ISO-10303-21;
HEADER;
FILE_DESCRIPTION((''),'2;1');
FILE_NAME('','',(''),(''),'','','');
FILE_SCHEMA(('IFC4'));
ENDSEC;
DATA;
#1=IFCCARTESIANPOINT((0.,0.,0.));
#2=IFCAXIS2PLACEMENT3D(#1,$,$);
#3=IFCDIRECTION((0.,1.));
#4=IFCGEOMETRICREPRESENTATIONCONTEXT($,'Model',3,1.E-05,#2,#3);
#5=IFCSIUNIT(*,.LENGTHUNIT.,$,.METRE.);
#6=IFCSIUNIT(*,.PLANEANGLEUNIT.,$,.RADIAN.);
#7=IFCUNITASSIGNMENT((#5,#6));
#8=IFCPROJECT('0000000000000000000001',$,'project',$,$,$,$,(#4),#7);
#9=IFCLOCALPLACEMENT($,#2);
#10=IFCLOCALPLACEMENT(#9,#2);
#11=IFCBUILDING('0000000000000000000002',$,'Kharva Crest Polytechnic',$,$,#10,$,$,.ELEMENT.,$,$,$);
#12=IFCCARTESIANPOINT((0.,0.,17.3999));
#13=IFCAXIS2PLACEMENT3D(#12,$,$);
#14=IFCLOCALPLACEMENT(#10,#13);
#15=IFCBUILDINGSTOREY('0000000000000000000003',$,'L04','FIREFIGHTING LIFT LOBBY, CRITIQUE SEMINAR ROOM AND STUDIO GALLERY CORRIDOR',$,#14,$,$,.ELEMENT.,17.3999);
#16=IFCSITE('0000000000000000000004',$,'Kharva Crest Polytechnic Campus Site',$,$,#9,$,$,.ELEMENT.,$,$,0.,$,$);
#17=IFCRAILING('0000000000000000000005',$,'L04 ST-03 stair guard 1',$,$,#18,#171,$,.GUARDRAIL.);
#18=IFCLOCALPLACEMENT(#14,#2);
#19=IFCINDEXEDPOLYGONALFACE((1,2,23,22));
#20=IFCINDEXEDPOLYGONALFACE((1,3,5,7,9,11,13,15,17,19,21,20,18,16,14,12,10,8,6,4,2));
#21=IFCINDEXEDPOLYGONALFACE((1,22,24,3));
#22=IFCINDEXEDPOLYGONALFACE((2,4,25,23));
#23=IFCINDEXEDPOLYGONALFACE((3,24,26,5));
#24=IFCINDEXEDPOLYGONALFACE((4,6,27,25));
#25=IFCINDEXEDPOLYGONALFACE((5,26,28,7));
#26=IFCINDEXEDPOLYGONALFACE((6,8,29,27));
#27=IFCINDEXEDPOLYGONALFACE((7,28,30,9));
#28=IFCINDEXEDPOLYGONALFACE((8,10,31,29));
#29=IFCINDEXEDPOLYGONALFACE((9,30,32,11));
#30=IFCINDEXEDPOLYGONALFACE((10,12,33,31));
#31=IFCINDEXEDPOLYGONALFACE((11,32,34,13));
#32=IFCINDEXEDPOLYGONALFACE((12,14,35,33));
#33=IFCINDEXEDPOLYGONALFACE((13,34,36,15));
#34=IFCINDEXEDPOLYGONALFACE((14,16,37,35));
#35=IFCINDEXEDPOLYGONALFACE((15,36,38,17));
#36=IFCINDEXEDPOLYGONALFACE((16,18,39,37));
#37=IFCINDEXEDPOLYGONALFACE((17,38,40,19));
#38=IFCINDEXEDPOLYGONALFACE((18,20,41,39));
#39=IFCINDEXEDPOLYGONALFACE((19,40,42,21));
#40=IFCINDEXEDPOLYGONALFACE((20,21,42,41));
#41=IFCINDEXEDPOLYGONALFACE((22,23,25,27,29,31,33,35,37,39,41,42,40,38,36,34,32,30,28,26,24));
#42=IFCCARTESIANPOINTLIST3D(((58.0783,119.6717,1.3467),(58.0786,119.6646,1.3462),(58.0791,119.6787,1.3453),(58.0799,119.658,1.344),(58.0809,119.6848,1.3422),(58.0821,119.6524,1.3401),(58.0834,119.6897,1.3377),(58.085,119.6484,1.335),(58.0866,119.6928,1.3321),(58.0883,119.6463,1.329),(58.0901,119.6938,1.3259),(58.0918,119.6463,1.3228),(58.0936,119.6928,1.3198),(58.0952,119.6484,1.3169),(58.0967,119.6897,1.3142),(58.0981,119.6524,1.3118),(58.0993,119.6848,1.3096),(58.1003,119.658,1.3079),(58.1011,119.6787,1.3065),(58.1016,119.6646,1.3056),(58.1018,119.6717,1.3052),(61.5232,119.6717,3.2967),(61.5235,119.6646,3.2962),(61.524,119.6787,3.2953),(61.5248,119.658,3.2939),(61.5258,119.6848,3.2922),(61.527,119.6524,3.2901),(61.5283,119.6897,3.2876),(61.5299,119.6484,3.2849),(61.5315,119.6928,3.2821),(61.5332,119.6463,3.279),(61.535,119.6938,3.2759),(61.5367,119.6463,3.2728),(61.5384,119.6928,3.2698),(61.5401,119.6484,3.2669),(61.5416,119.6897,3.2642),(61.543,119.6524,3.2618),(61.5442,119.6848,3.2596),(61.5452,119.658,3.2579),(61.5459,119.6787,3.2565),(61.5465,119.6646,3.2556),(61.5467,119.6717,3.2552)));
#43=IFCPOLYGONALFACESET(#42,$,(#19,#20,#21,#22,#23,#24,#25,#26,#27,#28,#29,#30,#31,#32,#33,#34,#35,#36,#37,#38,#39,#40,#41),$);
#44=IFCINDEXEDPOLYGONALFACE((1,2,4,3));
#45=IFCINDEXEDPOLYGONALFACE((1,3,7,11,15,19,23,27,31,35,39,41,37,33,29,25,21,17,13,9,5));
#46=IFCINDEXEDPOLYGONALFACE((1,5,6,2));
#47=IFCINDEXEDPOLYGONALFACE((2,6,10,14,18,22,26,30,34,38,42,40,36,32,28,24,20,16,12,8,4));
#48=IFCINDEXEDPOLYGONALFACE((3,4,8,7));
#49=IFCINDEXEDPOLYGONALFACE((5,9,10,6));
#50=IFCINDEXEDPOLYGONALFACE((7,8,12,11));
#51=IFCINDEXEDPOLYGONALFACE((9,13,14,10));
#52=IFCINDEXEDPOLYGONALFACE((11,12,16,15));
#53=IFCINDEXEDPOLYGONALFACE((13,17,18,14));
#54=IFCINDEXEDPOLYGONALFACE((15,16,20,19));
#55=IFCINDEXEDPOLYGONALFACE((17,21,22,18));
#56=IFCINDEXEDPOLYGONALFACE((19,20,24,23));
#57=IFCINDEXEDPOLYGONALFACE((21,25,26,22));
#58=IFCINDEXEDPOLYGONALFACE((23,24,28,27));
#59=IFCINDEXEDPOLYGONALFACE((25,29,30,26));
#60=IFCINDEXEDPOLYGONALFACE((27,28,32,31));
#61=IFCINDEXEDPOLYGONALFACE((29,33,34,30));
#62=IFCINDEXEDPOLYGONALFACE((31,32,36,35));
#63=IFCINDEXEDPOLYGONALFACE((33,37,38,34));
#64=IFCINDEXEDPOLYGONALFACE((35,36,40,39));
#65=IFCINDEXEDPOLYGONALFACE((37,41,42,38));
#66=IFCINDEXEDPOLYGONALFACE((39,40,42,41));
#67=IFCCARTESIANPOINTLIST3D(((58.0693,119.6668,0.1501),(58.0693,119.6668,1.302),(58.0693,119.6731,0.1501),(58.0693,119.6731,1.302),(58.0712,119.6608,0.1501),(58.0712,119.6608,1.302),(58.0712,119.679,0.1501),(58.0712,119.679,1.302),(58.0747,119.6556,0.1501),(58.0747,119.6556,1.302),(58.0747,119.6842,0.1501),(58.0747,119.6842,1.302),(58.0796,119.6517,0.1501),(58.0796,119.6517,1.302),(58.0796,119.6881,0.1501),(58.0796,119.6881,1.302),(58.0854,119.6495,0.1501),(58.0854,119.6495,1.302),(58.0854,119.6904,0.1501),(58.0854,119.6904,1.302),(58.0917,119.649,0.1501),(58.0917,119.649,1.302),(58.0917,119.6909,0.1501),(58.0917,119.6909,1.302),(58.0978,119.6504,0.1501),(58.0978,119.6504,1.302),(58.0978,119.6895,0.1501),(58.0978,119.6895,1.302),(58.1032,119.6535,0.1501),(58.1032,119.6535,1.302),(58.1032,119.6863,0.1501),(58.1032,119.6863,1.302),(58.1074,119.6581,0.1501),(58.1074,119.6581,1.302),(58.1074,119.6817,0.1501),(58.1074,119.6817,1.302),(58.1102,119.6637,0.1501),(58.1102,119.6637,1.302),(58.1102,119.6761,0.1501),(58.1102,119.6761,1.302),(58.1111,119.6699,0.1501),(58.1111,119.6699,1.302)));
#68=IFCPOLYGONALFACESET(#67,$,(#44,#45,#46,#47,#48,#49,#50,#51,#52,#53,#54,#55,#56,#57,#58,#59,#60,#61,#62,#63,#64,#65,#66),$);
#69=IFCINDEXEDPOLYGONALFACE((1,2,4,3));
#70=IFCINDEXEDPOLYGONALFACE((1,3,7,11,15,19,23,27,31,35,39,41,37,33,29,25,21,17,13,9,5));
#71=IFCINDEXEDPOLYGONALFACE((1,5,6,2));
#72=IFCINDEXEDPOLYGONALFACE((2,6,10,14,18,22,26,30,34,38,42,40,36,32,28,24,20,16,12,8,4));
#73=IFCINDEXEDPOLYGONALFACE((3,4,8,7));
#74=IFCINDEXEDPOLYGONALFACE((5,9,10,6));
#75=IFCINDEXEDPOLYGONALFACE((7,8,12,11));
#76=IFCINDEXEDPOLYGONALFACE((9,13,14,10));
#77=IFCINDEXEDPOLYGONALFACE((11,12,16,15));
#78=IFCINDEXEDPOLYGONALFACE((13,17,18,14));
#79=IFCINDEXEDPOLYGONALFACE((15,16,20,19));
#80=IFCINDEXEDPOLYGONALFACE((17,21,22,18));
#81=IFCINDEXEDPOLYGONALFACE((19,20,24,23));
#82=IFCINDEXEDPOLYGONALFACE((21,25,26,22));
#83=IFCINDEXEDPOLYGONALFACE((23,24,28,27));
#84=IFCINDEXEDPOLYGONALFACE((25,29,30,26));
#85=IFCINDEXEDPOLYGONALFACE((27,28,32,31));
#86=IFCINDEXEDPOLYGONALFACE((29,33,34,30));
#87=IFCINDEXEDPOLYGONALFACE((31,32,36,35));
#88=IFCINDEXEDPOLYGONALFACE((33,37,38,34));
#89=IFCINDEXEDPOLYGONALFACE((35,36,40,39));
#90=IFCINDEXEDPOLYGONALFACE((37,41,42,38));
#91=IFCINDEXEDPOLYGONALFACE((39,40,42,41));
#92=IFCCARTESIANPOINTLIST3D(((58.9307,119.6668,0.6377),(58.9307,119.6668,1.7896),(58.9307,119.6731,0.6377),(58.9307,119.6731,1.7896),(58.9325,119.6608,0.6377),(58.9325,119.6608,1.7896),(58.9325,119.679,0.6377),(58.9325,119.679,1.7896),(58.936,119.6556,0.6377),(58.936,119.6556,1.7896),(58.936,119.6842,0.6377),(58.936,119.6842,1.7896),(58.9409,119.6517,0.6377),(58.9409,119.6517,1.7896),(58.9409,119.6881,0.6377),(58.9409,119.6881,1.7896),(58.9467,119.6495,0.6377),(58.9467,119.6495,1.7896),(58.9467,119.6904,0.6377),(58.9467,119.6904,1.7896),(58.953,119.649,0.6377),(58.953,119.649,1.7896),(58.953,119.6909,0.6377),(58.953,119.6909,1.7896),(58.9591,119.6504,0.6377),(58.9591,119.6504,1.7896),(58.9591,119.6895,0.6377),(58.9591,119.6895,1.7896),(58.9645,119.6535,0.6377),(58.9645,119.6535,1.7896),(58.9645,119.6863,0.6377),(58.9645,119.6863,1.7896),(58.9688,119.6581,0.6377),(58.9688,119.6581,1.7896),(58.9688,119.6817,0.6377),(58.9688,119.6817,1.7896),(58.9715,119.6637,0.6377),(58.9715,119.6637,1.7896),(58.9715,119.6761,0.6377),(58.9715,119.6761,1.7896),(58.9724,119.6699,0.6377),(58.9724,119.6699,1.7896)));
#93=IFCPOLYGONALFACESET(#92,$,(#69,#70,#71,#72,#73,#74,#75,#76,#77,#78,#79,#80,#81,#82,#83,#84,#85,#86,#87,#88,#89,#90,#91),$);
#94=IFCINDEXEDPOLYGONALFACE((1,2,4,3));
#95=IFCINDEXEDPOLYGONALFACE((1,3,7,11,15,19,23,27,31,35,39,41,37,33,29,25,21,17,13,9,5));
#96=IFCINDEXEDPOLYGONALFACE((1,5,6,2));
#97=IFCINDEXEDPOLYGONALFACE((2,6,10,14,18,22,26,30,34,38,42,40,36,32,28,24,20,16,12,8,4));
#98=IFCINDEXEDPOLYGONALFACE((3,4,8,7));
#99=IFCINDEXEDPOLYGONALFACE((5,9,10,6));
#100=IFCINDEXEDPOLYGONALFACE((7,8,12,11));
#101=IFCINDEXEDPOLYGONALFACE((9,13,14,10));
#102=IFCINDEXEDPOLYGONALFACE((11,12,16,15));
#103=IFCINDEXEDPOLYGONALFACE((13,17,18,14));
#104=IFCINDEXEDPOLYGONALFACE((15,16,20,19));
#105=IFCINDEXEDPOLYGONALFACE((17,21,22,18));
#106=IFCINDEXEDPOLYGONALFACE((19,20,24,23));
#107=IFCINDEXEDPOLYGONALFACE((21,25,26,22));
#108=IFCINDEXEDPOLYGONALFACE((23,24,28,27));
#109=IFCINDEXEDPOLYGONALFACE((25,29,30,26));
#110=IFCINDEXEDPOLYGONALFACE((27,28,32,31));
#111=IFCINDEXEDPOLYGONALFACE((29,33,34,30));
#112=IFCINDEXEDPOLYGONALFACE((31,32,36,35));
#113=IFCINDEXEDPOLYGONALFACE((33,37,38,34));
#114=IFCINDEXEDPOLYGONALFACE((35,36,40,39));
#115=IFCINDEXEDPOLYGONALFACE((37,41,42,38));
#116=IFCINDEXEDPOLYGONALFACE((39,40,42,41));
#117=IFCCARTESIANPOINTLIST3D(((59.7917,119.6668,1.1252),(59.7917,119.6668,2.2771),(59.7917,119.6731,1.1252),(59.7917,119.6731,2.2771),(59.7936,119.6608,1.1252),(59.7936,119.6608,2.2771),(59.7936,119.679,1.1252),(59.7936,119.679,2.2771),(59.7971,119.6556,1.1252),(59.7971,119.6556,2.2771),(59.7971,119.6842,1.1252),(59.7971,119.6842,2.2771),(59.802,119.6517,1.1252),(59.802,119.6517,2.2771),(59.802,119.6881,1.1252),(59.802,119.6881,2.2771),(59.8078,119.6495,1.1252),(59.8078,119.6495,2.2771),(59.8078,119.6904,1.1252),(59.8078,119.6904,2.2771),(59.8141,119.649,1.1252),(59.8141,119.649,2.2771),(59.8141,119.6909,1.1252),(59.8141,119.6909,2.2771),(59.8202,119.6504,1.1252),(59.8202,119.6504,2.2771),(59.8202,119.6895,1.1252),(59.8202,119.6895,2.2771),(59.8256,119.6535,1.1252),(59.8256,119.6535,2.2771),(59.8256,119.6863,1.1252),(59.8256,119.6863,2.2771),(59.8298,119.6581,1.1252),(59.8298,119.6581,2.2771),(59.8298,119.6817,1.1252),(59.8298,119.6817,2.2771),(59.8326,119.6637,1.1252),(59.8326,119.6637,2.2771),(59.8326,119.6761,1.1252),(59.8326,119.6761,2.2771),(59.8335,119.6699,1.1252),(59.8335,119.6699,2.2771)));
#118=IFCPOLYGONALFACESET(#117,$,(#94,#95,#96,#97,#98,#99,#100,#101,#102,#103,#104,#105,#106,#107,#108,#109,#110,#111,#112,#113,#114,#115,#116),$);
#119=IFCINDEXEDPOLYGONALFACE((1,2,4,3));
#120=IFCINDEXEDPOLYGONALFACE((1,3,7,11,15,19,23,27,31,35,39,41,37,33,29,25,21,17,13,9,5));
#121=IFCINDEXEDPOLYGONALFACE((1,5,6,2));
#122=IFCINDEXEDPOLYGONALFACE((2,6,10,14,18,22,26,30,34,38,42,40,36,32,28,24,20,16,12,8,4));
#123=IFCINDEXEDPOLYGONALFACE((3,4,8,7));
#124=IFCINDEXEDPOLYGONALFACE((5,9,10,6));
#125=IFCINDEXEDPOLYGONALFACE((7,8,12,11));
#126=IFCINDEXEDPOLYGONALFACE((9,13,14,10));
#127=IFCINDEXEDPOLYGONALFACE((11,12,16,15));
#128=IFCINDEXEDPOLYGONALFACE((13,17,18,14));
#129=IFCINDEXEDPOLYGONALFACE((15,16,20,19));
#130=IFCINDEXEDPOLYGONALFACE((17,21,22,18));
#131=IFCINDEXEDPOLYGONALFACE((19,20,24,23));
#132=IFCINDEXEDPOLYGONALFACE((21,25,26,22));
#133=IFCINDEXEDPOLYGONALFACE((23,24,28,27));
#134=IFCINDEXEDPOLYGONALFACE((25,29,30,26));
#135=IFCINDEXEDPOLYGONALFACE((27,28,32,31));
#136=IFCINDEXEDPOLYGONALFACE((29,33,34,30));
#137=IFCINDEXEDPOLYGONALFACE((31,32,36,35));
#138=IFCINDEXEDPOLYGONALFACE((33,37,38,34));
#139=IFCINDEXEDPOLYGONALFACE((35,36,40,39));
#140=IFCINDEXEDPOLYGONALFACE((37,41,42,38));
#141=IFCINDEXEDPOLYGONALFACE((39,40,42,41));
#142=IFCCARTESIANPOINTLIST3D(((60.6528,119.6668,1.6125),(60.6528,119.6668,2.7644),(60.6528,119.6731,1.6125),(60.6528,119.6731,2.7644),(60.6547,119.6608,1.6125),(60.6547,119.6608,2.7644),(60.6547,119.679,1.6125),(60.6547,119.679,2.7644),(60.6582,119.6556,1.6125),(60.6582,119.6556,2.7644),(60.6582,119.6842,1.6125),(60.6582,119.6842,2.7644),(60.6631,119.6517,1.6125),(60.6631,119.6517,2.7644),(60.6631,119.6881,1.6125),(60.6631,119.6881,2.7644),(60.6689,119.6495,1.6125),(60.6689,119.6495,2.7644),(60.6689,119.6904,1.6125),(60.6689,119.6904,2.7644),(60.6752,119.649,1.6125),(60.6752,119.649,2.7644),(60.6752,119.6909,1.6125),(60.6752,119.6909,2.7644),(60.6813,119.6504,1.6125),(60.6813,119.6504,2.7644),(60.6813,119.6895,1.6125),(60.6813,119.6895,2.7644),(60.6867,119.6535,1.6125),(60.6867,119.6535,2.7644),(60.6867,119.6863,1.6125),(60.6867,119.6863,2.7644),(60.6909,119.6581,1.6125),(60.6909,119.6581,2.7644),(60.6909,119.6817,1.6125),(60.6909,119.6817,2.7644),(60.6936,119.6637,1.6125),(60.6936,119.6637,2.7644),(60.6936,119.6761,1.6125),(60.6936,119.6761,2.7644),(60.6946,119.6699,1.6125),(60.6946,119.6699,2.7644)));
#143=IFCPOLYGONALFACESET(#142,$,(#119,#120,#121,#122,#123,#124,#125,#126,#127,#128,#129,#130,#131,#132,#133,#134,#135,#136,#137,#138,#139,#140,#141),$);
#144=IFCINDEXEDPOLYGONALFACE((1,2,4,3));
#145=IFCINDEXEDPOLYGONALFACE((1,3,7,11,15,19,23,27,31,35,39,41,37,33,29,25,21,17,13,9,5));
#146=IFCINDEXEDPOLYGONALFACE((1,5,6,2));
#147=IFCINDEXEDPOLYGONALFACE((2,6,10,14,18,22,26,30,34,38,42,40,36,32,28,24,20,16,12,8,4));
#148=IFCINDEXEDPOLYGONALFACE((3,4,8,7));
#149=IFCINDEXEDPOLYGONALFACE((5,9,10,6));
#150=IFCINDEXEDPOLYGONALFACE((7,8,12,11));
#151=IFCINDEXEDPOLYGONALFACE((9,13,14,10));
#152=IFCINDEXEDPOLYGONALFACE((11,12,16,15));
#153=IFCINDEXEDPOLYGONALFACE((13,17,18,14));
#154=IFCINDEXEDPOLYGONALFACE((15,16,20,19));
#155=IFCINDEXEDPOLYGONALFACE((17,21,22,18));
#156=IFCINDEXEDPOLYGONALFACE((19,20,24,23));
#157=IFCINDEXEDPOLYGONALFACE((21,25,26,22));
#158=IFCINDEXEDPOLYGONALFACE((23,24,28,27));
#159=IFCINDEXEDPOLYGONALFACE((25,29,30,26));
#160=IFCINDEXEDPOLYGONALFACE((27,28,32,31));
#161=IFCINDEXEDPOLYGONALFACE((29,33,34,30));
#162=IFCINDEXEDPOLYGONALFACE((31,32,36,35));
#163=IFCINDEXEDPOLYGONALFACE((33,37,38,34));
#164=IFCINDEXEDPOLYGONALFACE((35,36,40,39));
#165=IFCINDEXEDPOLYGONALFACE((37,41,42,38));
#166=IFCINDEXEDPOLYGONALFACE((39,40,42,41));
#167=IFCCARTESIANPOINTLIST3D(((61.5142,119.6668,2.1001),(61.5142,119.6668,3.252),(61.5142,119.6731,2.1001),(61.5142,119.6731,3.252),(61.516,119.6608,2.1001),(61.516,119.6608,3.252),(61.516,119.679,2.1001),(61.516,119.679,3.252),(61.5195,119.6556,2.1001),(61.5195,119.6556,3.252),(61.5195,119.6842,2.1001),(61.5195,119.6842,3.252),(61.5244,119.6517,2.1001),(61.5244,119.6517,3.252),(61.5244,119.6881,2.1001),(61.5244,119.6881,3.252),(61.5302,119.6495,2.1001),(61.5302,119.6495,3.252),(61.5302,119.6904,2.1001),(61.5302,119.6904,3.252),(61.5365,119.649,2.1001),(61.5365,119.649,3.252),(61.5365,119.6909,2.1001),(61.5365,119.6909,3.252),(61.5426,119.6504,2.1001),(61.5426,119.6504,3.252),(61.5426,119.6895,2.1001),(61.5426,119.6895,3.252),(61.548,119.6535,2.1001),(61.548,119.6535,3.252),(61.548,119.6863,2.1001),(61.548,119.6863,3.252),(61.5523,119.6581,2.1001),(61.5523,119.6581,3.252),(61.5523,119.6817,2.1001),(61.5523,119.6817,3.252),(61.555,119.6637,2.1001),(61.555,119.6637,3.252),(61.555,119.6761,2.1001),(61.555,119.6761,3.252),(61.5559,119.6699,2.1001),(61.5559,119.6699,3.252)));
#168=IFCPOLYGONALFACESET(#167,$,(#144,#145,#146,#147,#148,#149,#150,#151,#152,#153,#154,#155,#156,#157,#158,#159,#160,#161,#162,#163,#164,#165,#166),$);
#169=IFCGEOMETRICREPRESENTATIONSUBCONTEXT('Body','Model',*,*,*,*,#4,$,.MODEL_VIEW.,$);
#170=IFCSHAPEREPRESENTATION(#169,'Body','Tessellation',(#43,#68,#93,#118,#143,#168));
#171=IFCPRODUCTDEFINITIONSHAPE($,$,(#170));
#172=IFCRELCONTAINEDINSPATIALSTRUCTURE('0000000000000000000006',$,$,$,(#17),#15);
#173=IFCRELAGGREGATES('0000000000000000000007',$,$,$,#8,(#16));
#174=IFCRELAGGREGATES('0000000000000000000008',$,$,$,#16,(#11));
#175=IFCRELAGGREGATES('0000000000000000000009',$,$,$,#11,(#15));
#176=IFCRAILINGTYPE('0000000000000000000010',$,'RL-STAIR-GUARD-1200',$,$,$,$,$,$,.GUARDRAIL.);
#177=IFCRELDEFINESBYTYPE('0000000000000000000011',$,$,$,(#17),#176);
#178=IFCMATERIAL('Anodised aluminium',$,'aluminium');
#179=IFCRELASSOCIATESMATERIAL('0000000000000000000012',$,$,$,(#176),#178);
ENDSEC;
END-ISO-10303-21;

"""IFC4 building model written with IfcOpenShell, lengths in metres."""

from ifc_helpers import new_model, si_unit, direction, frame, origin, origin_2d, place, context, subcontext, project, spatial, circle, extrude, material, type_object, element, save


model = new_model("IFC4")

# Units and contexts
model_context = context("Model", 3, precision=1e-05, world=origin(), true_north=direction((0.0, 1.0)))
body_context = subcontext(model_context, "Body", "Model", "MODEL_VIEW")
ifc_project = project(units=[si_unit("LENGTHUNIT", "METRE"), si_unit("PLANEANGLEUNIT", "RADIAN")], contexts=[model_context])

# Site, building, storey
site_placement = place(None, origin())
site = spatial("IfcSite", under=ifc_project, at=site_placement, Name="Kharva Crest Polytechnic Campus Site", CompositionType="ELEMENT", RefElevation=0.0)
building_placement = place(site_placement, origin())
building = spatial("IfcBuilding", under=site, at=building_placement, Name="Kharva Crest Polytechnic", CompositionType="ELEMENT")
storey_placement = place(building_placement, frame((0.0, 0.0, 17.3999)))
storey = spatial("IfcBuildingStorey", under=building, at=storey_placement, Name="L04", Description="FIREFIGHTING LIFT LOBBY, CRITIQUE SEMINAR ROOM AND STUDIO GALLERY CORRIDOR", CompositionType="ELEMENT", Elevation=17.3999)

# Railing
ifc_material_1 = material(Name="Anodised aluminium", Category="aluminium")
railing_type_1 = type_object("IfcRailingType", Name="RL-STAIR-GUARD-1200", PredefinedType="GUARDRAIL", material=ifc_material_1)
railing_1_placement = place(storey_placement, frame((58.0901, 119.6699, 0.1501)))
element("IfcRailing", 1, at=railing_1_placement, inside=storey, type_object=railing_type_1, Name="L04 ST-03 stair guard 1", PredefinedType="GUARDRAIL", context=body_context, shape_type="SweptSolid", body=[
    extrude(circle(Radius=0.0239, at=origin_2d()), frame((0.0, 0.0, 1.1758), z_axis=(0.870251, 0.0, 0.492608), x_axis=(0.0, 1.0, 0.0)), (0.0, 0.0, 1.0), 3.9585),
    extrude(circle(Radius=0.021, at=origin_2d()), origin(), (0.0, 0.0, 1.0), 1.1519),
    extrude(circle(Radius=0.021, at=origin_2d()), frame((0.8613, 0.0, 0.4875)), (0.0, 0.0, 1.0), 1.1519),
    extrude(circle(Radius=0.021, at=origin_2d()), frame((1.7224, 0.0, 0.9751)), (0.0, 0.0, 1.0), 1.1519),
    extrude(circle(Radius=0.021, at=origin_2d()), frame((2.5835, 0.0, 1.4624)), (0.0, 0.0, 1.0), 1.1519),
    extrude(circle(Radius=0.021, at=origin_2d()), frame((3.4448, 0.0, 1.95)), (0.0, 0.0, 1.0), 1.1519),
])

save(model, "model.ifc")
